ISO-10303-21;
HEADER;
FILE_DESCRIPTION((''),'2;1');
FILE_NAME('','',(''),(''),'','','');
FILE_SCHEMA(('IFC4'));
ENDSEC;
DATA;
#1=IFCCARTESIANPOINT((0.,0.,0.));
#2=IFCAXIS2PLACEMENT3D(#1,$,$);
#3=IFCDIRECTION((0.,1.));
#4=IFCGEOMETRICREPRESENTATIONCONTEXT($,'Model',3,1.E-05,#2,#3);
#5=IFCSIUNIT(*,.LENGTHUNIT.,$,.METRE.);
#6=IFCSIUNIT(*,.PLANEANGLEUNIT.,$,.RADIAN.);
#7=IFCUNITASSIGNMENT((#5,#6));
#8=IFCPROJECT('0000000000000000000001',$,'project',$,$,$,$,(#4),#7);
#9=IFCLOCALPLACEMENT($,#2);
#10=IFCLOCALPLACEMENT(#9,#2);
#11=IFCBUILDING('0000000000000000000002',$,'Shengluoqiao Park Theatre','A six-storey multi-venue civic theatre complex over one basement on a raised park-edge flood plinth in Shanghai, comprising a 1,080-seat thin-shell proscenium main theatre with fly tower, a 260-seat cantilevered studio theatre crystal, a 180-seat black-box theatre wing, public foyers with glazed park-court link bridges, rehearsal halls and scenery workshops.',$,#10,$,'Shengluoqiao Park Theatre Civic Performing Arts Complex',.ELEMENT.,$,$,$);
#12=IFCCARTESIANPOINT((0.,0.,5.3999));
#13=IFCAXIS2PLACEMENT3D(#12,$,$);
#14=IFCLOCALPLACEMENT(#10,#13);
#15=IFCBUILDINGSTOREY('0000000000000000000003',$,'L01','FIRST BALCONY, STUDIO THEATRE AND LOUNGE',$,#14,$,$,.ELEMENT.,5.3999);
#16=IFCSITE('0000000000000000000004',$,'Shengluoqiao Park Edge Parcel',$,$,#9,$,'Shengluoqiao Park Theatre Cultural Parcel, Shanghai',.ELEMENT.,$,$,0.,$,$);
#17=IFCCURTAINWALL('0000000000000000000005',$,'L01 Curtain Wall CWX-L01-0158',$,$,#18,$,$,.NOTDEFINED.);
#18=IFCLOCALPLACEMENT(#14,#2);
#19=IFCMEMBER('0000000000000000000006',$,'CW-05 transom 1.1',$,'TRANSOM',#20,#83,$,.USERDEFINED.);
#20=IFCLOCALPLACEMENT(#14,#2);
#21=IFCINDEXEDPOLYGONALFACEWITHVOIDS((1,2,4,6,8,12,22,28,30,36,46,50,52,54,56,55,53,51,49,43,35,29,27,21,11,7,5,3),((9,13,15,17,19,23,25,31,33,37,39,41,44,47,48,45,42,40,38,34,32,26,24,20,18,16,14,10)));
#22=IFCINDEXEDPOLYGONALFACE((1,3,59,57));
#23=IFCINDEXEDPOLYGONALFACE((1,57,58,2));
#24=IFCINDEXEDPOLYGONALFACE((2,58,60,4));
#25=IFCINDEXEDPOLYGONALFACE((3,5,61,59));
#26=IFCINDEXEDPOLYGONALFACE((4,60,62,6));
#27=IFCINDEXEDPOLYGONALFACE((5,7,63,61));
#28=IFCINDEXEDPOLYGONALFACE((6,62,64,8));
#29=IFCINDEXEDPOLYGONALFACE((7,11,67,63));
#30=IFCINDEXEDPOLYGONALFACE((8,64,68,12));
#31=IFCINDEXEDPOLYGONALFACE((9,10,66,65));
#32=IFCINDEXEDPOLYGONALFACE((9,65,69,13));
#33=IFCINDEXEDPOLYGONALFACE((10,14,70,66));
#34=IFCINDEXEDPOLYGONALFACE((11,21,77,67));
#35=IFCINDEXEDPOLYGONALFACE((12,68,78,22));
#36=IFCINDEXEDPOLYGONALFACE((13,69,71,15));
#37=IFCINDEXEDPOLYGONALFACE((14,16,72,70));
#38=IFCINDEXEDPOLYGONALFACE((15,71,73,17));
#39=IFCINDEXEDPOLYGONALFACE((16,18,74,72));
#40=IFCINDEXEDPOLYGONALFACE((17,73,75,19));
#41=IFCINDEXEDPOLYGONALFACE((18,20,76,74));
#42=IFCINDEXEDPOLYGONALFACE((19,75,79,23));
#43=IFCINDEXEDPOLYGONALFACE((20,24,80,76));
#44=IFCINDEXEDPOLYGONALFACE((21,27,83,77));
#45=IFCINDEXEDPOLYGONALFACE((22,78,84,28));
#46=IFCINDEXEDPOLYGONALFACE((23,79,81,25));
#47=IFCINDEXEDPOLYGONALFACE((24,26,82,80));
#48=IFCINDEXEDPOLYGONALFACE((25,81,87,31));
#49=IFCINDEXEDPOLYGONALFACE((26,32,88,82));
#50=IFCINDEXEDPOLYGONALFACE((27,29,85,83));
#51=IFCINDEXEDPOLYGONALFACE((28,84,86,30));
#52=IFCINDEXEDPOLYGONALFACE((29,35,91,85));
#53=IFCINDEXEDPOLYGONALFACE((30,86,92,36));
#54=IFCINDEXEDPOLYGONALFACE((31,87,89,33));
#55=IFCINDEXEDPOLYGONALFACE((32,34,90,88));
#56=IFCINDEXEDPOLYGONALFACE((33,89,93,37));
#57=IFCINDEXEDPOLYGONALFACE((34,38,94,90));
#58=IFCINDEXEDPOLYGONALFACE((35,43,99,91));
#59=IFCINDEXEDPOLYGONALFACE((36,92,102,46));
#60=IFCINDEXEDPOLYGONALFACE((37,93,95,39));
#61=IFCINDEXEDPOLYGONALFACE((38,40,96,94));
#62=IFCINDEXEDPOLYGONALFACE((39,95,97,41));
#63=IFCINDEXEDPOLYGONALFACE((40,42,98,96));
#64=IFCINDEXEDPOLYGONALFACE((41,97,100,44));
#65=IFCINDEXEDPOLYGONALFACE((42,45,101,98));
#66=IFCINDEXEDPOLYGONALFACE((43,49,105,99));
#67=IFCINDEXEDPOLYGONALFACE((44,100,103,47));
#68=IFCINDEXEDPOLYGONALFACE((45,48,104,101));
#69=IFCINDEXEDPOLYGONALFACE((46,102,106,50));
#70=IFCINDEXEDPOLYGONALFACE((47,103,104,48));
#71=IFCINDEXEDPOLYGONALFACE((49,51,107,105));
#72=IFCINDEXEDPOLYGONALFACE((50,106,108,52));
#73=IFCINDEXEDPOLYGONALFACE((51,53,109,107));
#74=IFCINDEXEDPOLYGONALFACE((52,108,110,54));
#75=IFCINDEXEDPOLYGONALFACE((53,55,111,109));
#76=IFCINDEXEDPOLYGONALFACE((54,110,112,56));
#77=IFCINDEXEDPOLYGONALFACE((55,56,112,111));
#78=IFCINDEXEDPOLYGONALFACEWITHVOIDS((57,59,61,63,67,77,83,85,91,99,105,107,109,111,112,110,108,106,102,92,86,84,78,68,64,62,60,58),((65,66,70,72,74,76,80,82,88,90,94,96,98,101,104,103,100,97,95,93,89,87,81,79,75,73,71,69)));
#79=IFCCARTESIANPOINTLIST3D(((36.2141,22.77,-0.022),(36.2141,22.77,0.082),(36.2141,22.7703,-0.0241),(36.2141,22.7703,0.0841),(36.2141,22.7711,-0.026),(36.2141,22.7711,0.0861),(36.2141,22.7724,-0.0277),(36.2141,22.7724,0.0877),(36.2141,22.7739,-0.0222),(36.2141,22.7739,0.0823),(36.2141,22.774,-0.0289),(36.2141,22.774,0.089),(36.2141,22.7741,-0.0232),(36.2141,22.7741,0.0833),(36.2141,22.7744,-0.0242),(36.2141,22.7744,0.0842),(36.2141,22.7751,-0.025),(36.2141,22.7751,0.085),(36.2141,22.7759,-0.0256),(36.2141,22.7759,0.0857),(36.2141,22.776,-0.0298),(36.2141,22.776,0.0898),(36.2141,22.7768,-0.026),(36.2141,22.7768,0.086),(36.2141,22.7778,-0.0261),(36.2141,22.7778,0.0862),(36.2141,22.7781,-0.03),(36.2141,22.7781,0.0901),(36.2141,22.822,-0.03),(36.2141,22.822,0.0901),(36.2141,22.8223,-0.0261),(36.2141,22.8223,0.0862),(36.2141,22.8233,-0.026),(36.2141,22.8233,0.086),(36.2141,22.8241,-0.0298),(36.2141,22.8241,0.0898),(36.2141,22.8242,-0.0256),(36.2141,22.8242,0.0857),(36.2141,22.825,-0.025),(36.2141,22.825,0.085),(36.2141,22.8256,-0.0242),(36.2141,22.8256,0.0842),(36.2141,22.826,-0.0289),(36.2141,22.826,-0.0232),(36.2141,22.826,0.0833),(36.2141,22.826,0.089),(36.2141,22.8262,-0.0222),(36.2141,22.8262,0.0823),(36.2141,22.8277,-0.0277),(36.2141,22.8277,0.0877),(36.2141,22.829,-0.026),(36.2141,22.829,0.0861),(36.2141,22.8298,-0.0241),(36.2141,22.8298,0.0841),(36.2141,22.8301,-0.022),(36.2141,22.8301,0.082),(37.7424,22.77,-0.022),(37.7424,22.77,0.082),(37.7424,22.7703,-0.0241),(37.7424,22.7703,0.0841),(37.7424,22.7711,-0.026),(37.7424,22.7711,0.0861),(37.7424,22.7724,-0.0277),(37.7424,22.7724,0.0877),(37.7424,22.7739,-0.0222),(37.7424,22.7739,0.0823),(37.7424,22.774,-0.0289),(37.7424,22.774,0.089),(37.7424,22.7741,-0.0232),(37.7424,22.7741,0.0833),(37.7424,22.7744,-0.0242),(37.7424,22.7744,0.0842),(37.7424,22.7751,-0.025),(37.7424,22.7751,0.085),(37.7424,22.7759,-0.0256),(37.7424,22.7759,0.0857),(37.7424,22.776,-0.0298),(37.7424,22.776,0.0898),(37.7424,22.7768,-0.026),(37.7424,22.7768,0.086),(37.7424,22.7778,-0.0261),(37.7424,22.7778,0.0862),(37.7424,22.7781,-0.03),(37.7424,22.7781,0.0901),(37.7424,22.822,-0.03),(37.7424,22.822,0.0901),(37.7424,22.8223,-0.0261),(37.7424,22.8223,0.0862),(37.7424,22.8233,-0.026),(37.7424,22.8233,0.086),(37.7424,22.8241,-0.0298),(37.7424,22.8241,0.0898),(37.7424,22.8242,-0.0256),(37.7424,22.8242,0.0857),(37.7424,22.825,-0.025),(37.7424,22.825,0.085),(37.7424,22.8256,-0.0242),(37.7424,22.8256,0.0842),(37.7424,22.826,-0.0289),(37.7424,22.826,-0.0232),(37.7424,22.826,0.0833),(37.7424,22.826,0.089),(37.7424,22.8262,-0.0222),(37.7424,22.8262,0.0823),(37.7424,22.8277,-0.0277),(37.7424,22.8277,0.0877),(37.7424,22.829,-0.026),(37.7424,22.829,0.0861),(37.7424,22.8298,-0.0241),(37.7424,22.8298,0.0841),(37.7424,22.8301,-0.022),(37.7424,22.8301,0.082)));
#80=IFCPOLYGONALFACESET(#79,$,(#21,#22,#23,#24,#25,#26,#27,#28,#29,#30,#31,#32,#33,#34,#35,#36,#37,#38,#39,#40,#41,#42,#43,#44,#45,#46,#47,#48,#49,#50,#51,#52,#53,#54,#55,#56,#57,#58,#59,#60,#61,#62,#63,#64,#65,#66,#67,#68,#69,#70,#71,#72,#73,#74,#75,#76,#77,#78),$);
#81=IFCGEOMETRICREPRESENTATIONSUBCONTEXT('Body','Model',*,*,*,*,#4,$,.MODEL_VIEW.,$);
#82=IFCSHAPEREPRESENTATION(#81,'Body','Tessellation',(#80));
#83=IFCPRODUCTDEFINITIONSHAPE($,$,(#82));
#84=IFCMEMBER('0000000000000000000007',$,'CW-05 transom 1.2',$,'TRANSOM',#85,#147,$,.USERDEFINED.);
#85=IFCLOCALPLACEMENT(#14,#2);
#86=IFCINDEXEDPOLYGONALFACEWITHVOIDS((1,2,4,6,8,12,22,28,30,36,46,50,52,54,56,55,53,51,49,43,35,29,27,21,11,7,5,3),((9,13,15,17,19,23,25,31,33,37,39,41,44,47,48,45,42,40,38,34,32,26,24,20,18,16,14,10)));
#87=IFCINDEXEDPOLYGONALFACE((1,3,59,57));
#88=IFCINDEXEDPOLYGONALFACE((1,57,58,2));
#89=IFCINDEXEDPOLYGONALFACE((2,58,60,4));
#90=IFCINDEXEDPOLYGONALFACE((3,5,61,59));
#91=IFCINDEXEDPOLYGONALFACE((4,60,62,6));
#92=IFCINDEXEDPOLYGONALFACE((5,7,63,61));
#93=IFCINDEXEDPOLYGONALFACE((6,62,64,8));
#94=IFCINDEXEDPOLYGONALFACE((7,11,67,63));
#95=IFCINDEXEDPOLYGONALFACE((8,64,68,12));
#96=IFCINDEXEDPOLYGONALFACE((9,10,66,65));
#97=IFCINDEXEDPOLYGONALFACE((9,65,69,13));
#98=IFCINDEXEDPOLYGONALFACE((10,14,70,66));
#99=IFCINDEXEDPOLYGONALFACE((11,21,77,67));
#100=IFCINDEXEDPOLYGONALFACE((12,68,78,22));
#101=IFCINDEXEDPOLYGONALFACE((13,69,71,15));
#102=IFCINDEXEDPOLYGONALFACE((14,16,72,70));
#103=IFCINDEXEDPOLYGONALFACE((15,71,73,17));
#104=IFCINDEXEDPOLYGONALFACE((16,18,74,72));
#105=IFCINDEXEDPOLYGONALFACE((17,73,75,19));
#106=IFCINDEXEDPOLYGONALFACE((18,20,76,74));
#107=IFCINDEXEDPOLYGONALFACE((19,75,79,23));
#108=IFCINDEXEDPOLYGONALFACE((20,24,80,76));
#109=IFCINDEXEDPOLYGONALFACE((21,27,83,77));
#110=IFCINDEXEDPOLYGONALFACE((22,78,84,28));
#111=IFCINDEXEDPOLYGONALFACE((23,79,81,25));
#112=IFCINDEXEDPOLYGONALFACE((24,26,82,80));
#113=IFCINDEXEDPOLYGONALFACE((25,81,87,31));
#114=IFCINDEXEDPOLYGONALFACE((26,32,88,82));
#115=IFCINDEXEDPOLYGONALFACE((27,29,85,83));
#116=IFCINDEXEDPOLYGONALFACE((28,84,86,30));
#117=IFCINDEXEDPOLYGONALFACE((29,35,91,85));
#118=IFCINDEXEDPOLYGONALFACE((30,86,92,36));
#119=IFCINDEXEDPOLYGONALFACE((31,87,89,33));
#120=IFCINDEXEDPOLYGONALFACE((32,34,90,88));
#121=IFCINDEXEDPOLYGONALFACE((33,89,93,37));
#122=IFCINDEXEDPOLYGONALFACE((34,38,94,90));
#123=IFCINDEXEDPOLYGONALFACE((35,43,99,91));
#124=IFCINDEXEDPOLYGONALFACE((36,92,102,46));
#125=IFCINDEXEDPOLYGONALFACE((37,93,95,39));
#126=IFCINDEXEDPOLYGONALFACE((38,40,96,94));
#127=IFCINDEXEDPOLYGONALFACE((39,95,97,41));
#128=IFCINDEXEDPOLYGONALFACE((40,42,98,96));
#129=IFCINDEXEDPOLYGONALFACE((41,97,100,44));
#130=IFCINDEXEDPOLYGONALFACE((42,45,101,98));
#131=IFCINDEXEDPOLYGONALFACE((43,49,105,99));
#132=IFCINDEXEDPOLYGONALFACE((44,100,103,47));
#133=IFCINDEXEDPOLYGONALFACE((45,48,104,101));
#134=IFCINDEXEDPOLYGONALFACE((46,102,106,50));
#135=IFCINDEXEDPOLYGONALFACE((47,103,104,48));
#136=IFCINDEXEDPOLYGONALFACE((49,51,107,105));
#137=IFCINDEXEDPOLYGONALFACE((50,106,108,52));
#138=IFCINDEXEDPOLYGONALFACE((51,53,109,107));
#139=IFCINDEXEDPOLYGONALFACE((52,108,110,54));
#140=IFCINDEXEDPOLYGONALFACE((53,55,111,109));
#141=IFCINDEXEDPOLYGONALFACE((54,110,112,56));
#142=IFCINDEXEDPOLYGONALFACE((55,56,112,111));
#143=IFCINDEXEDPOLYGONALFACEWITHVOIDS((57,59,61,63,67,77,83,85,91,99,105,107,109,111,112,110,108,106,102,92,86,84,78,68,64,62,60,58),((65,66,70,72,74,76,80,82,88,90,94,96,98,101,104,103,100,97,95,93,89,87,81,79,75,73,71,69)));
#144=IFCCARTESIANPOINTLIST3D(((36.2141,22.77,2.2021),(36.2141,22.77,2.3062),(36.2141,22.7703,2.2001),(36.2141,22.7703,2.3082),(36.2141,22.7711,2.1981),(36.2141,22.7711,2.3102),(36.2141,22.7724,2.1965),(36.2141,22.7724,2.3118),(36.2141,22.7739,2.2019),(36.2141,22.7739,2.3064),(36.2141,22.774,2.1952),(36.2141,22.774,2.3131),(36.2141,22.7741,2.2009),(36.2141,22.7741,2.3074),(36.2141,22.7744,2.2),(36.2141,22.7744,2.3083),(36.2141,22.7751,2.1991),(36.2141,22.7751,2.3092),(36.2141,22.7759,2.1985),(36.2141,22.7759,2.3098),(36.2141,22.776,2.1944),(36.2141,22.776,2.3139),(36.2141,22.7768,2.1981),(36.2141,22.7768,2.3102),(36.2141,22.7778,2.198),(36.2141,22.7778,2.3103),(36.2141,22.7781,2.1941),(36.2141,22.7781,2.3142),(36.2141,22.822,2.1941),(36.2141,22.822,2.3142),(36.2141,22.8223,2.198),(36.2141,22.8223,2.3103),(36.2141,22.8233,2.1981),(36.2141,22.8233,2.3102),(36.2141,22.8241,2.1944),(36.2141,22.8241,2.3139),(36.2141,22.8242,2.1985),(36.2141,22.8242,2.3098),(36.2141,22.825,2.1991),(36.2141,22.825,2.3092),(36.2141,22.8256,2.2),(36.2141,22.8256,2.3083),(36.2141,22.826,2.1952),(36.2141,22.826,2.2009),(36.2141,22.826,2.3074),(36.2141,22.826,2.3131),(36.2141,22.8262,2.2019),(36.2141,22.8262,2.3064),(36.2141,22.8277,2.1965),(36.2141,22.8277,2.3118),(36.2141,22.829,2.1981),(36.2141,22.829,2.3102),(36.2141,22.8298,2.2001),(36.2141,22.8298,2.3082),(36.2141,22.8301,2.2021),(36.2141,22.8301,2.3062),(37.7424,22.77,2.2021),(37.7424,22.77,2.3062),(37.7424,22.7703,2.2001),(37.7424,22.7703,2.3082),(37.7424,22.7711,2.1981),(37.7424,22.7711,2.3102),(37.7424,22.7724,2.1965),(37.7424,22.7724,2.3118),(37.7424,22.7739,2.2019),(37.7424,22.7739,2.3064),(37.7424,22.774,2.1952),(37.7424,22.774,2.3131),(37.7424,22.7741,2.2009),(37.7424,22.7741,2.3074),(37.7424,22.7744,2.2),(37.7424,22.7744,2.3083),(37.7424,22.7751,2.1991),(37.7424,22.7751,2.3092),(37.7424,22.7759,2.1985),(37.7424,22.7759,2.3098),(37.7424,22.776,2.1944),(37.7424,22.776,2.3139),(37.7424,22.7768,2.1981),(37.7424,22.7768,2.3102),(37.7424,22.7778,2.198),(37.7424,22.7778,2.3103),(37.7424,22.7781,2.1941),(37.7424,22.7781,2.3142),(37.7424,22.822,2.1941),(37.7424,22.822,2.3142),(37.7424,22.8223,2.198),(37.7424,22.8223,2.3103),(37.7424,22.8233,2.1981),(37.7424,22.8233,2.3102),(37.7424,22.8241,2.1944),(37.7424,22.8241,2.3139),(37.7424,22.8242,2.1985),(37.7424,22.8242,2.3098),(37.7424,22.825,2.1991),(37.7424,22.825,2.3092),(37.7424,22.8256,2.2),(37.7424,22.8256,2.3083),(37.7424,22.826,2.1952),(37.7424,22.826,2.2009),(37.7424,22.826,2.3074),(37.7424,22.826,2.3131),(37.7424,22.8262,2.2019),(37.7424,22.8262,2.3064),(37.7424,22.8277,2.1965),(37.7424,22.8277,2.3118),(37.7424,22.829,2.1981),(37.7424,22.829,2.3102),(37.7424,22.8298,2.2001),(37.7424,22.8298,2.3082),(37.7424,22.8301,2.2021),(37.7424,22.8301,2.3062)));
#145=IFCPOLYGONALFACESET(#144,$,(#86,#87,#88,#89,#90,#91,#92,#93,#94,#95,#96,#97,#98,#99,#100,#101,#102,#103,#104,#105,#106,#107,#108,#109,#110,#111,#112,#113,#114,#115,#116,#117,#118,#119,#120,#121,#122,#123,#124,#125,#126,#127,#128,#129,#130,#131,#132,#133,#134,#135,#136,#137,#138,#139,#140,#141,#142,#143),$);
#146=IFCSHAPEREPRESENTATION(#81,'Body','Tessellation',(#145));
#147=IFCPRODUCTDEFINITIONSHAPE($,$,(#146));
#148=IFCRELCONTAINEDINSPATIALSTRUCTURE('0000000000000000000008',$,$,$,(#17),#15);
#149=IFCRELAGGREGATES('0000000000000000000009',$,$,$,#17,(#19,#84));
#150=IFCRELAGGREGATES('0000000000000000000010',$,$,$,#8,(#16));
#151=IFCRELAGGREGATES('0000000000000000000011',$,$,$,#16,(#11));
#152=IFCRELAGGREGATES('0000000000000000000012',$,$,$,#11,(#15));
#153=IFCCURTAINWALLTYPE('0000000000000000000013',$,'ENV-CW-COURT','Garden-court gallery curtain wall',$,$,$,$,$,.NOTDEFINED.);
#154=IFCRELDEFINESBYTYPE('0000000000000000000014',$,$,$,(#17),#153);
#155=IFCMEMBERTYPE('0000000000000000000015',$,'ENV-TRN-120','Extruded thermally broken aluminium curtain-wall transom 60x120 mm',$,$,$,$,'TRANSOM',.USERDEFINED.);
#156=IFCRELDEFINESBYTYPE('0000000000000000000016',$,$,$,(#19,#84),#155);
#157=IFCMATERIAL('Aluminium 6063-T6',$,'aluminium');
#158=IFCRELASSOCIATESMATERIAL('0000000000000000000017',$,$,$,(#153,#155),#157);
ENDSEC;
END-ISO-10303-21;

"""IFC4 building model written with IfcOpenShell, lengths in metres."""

from ifc_helpers import new_model, si_unit, direction, frame, origin, origin_2d, place, context, subcontext, project, spatial, hollow_rectangle, extrude, material, material_profile, profile_set, type_object, element, aggregate, save


model = new_model("IFC4")

# Units and contexts
model_context = context("Model", 3, precision=1e-05, world=origin(), true_north=direction((0.0, 1.0)))
body_context = subcontext(model_context, "Body", "Model", "MODEL_VIEW")
ifc_project = project(units=[si_unit("LENGTHUNIT", "METRE"), si_unit("PLANEANGLEUNIT", "RADIAN")], contexts=[model_context])

# Site, building, storey
site_placement = place(None, origin())
site = spatial("IfcSite", under=ifc_project, at=site_placement, Name="Shengluoqiao Park Edge Parcel", LongName="Shengluoqiao Park Theatre Cultural Parcel, Shanghai", CompositionType="ELEMENT", RefElevation=0.0)
building_placement = place(site_placement, origin())
building = spatial("IfcBuilding", under=site, at=building_placement, Name="Shengluoqiao Park Theatre", Description="A six-storey multi-venue civic theatre complex over one basement on a raised park-edge flood plinth in Shanghai, comprising a 1,080-seat thin-shell proscenium main theatre with fly tower, a 260-seat cantilevered studio theatre crystal, a 180-seat black-box theatre wing, public foyers with glazed park-court link bridges, rehearsal halls and scenery workshops.", LongName="Shengluoqiao Park Theatre Civic Performing Arts Complex", CompositionType="ELEMENT")
storey_placement = place(building_placement, frame((0.0, 0.0, 5.3999)))
storey = spatial("IfcBuildingStorey", under=building, at=storey_placement, Name="L01", Description="FIRST BALCONY, STUDIO THEATRE AND LOUNGE", CompositionType="ELEMENT", Elevation=5.3999)

# Shared definitions
ifc_material_1 = material(Name="Aluminium 6063-T6", Category="aluminium")
curtain_wall_type = type_object("IfcCurtainWallType", Name="ENV-CW-COURT", Description="Garden-court gallery curtain wall", PredefinedType="NOTDEFINED", material=ifc_material_1)

# Curtain wall
curtain_wall_1_placement = place(storey_placement, origin())
curtain_wall_1 = element("IfcCurtainWall", 1, at=curtain_wall_1_placement, inside=storey, type_object=curtain_wall_type, Name="L01 Curtain Wall CWX-L01-0158", PredefinedType="NOTDEFINED")

# Members
ifc_material_profile_1 = material_profile(ifc_material_1, hollow_rectangle(XDim=0.0601, YDim=0.1201, WallThickness=0.0039, InnerFilletRadius=0.0039, OuterFilletRadius=0.0081, at=origin_2d()), Name="ALU TRANSOM 120x60x4")
ifc_profile_set_1 = profile_set([ifc_material_profile_1], Name="Aluminium 6063-T6")
member_type_1 = type_object("IfcMemberType", Name="ENV-TRN-120", Description="Extruded thermally broken aluminium curtain-wall transom 60x120 mm", ElementType="TRANSOM", PredefinedType="USERDEFINED", material=ifc_profile_set_1)
member_1_placement = place(storey_placement, frame((36.2141, 22.8, 0.03), z_axis=(1.0, 0.0, 0.0), x_axis=(0.0, 1.0, 0.0)))
member_1 = element("IfcMember", 2, at=member_1_placement, type_object=member_type_1, Name="CW-05 transom 1.1", ObjectType="TRANSOM", PredefinedType="USERDEFINED", context=body_context, shape_type="SweptSolid", body=[
    extrude(hollow_rectangle(XDim=0.0601, YDim=0.1201, WallThickness=0.0039, InnerFilletRadius=0.0039, OuterFilletRadius=0.0081, at=origin_2d()), origin(), (0.0, 0.0, 1.0), 1.5283),
])
member_2_placement = place(storey_placement, frame((36.2141, 22.8, 2.2542), z_axis=(1.0, 0.0, 0.0), x_axis=(0.0, 1.0, 0.0)))
member_2 = element("IfcMember", 3, at=member_2_placement, type_object=member_type_1, Name="CW-05 transom 1.2", ObjectType="TRANSOM", PredefinedType="USERDEFINED", context=body_context, shape_type="SweptSolid", body=[
    extrude(hollow_rectangle(XDim=0.0601, YDim=0.1201, WallThickness=0.0039, InnerFilletRadius=0.0039, OuterFilletRadius=0.0081, at=origin_2d()), origin(), (0.0, 0.0, 1.0), 1.5283),
])

aggregate(curtain_wall_1, [member_1, member_2])

save(model, "model.ifc")
